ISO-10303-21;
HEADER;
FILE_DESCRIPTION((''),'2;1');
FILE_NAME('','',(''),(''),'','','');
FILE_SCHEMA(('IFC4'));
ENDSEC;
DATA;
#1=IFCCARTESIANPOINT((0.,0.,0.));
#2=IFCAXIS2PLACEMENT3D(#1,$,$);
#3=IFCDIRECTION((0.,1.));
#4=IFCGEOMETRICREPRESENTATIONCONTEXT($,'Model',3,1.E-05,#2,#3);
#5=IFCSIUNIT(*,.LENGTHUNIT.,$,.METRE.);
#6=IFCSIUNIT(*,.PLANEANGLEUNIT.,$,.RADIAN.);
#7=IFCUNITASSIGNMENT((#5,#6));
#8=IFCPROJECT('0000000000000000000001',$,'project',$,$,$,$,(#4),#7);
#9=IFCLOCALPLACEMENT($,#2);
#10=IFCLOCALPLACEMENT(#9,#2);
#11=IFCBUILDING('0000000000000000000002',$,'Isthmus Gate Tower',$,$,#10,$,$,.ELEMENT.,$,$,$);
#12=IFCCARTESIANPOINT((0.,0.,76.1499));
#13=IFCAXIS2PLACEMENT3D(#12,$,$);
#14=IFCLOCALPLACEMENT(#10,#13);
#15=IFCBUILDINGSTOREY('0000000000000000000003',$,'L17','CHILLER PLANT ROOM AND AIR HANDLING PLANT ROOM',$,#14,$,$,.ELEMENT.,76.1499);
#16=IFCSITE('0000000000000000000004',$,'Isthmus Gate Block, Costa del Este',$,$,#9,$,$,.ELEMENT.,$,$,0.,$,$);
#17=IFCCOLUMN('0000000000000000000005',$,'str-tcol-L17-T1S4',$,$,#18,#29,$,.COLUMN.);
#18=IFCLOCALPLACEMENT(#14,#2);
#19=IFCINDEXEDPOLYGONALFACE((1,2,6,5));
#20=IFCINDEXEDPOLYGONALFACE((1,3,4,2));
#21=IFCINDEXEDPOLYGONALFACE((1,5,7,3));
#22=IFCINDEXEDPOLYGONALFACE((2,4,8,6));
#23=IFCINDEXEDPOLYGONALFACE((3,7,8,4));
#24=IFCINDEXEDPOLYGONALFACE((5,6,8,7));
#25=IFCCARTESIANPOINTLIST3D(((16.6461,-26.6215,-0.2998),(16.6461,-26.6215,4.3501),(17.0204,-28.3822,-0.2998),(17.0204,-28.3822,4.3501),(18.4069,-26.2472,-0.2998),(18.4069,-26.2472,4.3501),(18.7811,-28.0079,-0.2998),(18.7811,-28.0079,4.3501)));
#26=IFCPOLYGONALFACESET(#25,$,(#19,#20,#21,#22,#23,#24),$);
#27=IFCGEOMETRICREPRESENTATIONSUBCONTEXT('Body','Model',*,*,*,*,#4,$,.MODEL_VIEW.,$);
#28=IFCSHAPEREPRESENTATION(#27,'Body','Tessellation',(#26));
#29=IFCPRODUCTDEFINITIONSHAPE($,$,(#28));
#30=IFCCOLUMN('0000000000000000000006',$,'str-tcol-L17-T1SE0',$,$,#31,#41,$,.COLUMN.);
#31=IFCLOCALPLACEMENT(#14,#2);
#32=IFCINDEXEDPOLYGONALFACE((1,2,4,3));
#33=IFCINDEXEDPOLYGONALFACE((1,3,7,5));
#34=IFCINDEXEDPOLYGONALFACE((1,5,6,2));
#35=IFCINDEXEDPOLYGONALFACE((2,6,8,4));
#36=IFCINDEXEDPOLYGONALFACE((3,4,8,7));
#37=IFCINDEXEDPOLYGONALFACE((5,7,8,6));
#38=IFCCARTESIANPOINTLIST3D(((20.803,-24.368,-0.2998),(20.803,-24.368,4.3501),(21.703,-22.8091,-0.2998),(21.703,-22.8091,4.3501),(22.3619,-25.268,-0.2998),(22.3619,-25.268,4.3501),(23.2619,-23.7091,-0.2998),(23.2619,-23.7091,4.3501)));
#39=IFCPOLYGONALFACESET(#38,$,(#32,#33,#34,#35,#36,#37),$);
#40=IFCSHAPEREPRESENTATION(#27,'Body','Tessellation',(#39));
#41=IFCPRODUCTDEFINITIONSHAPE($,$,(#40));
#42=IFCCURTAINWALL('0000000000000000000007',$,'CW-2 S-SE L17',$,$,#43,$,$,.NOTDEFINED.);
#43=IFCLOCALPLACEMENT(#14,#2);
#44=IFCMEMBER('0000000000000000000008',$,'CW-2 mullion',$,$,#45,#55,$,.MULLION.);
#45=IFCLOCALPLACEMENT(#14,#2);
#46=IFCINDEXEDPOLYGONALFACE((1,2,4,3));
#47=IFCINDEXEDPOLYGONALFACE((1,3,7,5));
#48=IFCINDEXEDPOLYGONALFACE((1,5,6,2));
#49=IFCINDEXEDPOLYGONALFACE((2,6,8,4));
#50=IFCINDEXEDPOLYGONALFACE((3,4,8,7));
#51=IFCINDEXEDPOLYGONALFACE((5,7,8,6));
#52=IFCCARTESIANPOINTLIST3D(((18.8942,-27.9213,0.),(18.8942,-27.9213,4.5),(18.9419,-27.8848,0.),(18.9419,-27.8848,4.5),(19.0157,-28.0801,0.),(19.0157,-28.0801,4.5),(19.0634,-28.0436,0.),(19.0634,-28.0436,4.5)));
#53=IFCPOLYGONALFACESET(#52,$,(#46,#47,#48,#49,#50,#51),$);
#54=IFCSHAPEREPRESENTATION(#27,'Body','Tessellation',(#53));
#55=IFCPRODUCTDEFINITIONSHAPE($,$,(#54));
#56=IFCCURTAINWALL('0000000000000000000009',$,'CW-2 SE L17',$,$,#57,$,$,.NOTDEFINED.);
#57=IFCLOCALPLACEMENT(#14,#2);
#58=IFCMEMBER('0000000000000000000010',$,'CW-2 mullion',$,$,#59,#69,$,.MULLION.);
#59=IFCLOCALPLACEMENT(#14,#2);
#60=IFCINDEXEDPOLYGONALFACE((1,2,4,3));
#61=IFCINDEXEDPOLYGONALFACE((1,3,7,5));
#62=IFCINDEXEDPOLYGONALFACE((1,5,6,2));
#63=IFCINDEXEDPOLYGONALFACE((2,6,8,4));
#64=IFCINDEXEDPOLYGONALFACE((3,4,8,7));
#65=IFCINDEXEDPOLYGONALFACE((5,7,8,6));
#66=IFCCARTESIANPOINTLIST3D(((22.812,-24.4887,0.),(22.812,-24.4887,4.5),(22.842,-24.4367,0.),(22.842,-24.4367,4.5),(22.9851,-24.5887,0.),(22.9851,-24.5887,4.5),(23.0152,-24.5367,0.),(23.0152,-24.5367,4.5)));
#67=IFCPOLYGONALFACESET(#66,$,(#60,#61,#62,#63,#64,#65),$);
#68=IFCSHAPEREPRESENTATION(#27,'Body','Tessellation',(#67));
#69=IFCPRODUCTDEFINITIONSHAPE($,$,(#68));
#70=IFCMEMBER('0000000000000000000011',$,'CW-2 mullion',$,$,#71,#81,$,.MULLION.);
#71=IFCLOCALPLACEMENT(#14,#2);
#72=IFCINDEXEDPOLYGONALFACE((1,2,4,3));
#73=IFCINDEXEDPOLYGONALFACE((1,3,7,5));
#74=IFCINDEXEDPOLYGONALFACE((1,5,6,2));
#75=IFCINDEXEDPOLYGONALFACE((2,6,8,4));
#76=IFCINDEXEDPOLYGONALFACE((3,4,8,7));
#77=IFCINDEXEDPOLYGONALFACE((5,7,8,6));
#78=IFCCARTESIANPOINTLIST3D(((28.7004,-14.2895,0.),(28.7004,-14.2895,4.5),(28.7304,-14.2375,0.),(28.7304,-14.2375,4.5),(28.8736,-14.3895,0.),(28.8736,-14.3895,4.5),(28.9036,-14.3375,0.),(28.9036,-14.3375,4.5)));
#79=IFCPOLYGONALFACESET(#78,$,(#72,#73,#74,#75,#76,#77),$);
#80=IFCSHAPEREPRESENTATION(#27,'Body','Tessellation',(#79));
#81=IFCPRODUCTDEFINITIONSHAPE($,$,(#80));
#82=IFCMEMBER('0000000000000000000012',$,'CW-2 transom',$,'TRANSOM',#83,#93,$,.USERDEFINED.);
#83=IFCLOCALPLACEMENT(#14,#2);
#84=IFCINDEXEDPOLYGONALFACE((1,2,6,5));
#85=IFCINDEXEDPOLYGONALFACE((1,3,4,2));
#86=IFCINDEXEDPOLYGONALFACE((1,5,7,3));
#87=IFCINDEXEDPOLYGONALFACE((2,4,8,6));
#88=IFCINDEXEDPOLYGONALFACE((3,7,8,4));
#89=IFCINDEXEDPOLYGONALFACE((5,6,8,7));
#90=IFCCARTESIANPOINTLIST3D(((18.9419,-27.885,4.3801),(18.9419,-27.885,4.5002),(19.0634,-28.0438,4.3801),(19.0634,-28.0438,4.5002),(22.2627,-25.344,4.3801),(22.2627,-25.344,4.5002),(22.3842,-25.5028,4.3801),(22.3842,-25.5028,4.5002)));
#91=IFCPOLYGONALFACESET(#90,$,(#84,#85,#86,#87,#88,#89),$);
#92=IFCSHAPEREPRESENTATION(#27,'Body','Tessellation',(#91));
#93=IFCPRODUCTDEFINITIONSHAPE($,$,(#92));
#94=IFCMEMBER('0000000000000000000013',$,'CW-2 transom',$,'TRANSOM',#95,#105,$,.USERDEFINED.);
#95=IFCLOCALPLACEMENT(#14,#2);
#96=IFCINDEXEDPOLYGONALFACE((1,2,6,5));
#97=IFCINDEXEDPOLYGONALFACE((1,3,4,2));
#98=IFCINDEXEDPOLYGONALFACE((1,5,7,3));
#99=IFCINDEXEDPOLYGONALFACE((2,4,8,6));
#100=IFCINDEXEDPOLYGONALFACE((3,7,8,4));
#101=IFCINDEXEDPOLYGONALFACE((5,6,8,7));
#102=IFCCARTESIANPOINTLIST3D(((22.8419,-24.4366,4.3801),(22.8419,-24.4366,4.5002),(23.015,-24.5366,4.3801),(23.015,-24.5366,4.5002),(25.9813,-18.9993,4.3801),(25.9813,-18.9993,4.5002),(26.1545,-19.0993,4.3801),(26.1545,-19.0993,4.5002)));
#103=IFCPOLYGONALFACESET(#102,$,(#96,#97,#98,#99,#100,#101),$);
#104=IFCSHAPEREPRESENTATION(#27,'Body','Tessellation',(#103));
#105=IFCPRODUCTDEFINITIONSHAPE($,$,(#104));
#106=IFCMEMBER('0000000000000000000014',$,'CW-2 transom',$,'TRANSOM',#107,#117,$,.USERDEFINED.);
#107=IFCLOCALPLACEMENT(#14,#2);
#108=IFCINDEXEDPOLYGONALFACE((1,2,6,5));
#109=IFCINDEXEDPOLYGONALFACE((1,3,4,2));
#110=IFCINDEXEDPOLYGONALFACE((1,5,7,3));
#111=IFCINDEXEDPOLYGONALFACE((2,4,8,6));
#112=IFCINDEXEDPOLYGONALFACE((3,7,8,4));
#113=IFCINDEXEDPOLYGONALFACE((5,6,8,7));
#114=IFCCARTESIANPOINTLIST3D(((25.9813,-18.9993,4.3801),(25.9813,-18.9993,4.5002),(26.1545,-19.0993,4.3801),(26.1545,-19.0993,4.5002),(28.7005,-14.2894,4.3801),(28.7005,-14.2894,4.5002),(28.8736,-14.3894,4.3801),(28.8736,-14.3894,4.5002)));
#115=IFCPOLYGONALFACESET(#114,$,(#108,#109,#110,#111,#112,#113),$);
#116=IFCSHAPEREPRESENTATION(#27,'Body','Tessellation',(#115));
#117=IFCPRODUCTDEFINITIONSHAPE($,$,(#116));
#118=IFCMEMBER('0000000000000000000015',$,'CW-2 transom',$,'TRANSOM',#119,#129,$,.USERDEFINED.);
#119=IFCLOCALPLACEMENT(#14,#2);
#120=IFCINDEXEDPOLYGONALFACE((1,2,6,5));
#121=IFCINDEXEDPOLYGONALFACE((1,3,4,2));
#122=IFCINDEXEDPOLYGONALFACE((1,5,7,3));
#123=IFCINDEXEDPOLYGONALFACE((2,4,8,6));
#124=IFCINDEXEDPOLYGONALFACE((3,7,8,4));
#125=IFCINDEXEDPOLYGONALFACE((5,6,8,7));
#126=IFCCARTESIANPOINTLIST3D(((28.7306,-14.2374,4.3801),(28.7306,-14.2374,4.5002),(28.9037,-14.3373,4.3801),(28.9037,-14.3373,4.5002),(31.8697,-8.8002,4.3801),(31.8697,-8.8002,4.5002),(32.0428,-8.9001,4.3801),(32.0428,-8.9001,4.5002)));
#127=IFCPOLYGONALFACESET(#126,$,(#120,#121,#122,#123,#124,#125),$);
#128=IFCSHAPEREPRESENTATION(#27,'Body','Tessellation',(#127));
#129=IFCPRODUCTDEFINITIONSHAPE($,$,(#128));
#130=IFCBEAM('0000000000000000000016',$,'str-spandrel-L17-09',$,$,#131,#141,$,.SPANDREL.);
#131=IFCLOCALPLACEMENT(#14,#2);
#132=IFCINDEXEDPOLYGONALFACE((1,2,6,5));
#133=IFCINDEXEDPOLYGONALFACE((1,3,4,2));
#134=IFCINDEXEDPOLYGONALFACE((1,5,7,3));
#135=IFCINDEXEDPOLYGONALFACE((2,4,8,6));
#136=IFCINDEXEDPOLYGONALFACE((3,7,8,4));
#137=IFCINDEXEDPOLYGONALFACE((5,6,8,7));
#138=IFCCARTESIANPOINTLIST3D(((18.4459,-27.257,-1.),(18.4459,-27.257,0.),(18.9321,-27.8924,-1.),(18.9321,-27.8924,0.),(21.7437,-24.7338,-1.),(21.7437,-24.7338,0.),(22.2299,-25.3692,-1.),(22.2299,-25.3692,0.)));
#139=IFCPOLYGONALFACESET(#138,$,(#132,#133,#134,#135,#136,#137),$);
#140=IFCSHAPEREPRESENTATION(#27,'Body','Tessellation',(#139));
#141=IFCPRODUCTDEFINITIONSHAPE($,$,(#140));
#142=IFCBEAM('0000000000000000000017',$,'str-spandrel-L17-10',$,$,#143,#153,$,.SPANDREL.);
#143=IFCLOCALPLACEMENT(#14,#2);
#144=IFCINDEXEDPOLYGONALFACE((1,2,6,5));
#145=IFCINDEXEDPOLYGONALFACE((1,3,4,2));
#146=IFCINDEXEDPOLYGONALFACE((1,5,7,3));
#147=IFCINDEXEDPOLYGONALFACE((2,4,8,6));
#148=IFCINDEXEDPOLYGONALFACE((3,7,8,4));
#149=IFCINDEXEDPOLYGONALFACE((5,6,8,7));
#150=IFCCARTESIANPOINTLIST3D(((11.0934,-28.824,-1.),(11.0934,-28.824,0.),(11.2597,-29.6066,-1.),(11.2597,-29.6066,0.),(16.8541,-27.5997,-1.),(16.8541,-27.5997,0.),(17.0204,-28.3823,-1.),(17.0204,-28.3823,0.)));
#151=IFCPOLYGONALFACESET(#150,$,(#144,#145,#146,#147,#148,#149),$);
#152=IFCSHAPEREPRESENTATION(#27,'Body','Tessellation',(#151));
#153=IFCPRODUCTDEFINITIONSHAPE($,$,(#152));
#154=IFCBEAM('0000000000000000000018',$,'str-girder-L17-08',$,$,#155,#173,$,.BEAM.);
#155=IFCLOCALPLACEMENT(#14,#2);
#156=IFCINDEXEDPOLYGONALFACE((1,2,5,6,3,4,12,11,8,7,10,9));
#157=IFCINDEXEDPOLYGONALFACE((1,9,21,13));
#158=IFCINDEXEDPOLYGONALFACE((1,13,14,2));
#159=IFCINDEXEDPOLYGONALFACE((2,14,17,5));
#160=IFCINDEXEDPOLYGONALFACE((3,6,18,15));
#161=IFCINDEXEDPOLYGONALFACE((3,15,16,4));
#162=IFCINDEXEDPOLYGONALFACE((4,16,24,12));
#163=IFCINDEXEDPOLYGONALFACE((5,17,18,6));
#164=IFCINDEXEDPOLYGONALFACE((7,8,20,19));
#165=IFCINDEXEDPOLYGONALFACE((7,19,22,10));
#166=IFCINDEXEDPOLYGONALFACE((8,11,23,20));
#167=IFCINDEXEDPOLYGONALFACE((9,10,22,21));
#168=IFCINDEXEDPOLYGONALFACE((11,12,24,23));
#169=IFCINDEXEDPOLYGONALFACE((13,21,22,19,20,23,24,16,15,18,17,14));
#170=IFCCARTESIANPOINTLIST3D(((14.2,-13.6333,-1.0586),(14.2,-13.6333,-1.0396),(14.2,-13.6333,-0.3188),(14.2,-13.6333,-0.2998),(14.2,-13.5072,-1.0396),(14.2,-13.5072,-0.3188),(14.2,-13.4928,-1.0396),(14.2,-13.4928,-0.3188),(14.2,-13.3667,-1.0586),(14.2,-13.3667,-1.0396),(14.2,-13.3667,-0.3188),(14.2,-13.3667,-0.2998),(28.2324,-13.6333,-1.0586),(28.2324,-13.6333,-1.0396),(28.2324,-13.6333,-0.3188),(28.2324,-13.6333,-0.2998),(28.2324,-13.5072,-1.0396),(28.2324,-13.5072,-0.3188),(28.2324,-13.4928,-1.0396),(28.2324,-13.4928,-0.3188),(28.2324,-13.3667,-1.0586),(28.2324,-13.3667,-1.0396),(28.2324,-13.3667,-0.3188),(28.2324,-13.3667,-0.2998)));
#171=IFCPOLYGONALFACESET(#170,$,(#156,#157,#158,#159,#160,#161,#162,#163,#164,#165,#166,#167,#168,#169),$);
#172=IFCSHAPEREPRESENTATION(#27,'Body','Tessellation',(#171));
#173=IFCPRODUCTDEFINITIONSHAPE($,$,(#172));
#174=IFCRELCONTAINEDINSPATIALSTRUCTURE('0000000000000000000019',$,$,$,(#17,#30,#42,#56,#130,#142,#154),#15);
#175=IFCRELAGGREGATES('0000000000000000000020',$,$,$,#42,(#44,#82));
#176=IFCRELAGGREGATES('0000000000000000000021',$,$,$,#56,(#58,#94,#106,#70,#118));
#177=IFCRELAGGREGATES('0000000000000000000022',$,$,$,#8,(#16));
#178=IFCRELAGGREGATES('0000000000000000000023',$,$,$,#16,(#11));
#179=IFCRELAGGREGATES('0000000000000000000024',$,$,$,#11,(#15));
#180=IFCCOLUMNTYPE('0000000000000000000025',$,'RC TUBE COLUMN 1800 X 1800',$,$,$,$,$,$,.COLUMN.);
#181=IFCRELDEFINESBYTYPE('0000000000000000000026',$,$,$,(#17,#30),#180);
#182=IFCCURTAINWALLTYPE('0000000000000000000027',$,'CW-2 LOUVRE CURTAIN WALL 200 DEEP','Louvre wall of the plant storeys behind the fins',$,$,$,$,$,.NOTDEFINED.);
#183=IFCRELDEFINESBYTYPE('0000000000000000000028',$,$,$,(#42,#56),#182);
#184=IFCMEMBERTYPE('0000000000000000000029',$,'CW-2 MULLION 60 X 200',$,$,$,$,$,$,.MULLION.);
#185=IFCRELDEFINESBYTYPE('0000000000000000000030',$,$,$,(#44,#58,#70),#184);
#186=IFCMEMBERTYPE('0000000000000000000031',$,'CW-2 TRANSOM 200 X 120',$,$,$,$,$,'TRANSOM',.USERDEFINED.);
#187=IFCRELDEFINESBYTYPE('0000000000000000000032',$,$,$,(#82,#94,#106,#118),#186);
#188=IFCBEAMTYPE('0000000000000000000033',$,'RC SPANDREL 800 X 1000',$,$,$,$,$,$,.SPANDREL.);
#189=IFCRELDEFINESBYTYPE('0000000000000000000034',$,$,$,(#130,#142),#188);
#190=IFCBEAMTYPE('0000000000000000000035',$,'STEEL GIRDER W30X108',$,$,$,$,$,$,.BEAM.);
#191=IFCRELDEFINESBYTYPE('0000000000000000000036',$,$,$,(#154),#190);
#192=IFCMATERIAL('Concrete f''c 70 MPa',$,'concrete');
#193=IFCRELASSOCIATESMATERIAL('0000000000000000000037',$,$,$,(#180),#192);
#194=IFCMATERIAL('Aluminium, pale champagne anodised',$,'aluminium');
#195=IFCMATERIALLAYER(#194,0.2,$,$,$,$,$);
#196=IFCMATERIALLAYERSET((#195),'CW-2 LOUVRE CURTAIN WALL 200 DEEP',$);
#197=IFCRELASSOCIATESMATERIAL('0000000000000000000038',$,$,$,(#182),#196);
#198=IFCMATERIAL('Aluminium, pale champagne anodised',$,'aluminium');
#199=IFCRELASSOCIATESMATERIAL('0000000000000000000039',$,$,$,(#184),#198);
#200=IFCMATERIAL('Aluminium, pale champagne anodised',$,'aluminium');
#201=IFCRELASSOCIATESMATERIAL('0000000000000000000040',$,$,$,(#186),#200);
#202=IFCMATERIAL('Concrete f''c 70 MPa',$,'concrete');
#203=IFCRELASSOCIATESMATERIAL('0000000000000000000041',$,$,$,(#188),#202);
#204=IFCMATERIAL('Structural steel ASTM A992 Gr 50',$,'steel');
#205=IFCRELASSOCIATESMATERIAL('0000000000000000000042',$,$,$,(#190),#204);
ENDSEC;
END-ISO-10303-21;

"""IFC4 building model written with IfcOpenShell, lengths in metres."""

from ifc_helpers import new_model, si_unit, direction, frame, origin, origin_2d, place, context, subcontext, project, spatial, rectangle, i_section, extrude, material, layer, layer_set, material_profile, profile_set, type_object, element, aggregate, save


model = new_model("IFC4")

# Units and contexts
model_context = context("Model", 3, precision=1e-05, world=origin(), true_north=direction((0.0, 1.0)))
body_context = subcontext(model_context, "Body", "Model", "MODEL_VIEW")
ifc_project = project(units=[si_unit("LENGTHUNIT", "METRE"), si_unit("PLANEANGLEUNIT", "RADIAN")], contexts=[model_context])

# Site, building, storey
site_placement = place(None, origin())
site = spatial("IfcSite", under=ifc_project, at=site_placement, Name="Isthmus Gate Block, Costa del Este", CompositionType="ELEMENT", RefElevation=0.0)
building_placement = place(site_placement, origin())
building = spatial("IfcBuilding", under=site, at=building_placement, Name="Isthmus Gate Tower", CompositionType="ELEMENT")
storey_placement = place(building_placement, frame((0.0, 0.0, 76.1499)))
storey = spatial("IfcBuildingStorey", under=building, at=storey_placement, Name="L17", Description="CHILLER PLANT ROOM AND AIR HANDLING PLANT ROOM", CompositionType="ELEMENT", Elevation=76.1499)

# Columns
ifc_material_1 = material(Name="Concrete f'c 70 MPa", Category="concrete")
ifc_material_profile_1 = material_profile(ifc_material_1, rectangle(XDim=1.8, YDim=1.8, at=origin_2d()), Name="RC 1800X1800")
ifc_profile_set_1 = profile_set([ifc_material_profile_1], Name="Concrete f'c 70 MPa")
column_type = type_object("IfcColumnType", Name="RC TUBE COLUMN 1800 X 1800", PredefinedType="COLUMN", material=ifc_profile_set_1)
for number, where, z_axis, x_axis, name in (
    (1, (17.7136, -27.3147, -0.2998), (0.0, 0.0, 1.0), (0.978148, 0.207912, 0.0), "str-tcol-L17-T1S4"),
    (2, (22.0325, -24.0386, -0.2998), (0.0, 0.0, 1.0), (0.5, 0.866025, 0.0), "str-tcol-L17-T1SE0"),
):
    element("IfcColumn", number, at=place(storey_placement, frame(where, z_axis=z_axis, x_axis=x_axis)), inside=storey, type_object=column_type, Name=name, PredefinedType="COLUMN", context=body_context, shape_type="SweptSolid", body=[
        extrude(rectangle(XDim=1.8, YDim=1.8, at=origin_2d()), origin(), (0.0, 0.0, 1.0), 4.6499),
    ])

# Curtain wall, member
ifc_material_2 = material(Name="Aluminium, pale champagne anodised", Category="aluminium")
ifc_layer_1 = layer(ifc_material_2, 0.2)
ifc_layer_set_1 = layer_set([ifc_layer_1], Name="CW-2 LOUVRE CURTAIN WALL 200 DEEP")
curtain_wall_type = type_object("IfcCurtainWallType", Name="CW-2 LOUVRE CURTAIN WALL 200 DEEP", Description="Louvre wall of the plant storeys behind the fins", PredefinedType="NOTDEFINED", material=ifc_layer_set_1)
curtain_wall_1_placement = place(storey_placement, origin())
curtain_wall_1 = element("IfcCurtainWall", 3, at=curtain_wall_1_placement, inside=storey, type_object=curtain_wall_type, Name="CW-2 S-SE L17", PredefinedType="NOTDEFINED")
ifc_material_3 = material(Name="Aluminium, pale champagne anodised", Category="aluminium")
ifc_material_profile_2 = material_profile(ifc_material_3, rectangle(XDim=0.0601, YDim=0.2, at=origin_2d()), Name="60x200")
ifc_profile_set_2 = profile_set([ifc_material_profile_2], Name="Aluminium, pale champagne anodised")
member_type_1 = type_object("IfcMemberType", Name="CW-2 MULLION 60 X 200", PredefinedType="MULLION", material=ifc_profile_set_2)
member_1_placement = place(storey_placement, frame((18.9788, -27.9824, 0.0), z_axis=(0.0, 0.0, 1.0), x_axis=(0.794189, 0.607671, 0.0)))
member_1 = element("IfcMember", 4, at=member_1_placement, type_object=member_type_1, Name="CW-2 mullion", PredefinedType="MULLION", context=body_context, shape_type="SweptSolid", body=[
    extrude(rectangle(XDim=0.0601, YDim=0.2, at=origin_2d()), origin(), (0.0, 0.0, 1.0), 4.5),
])

# Curtain wall, members
curtain_wall_2_placement = place(storey_placement, origin())
curtain_wall_2 = element("IfcCurtainWall", 5, at=curtain_wall_2_placement, inside=storey, type_object=curtain_wall_type, Name="CW-2 SE L17", PredefinedType="NOTDEFINED")
member_2_placement = place(storey_placement, frame((22.9136, -24.5127, 0.0), z_axis=(0.0, 0.0, 1.0), x_axis=(0.5, 0.866025, 0.0)))
member_2 = element("IfcMember", 6, at=member_2_placement, type_object=member_type_1, Name="CW-2 mullion", PredefinedType="MULLION", context=body_context, shape_type="SweptSolid", body=[
    extrude(rectangle(XDim=0.0601, YDim=0.2, at=origin_2d()), origin(), (0.0, 0.0, 1.0), 4.5),
])
member_3_placement = place(storey_placement, frame((28.802, -14.3135, 0.0), z_axis=(0.0, 0.0, 1.0), x_axis=(0.5, 0.866025, 0.0)))
member_3 = element("IfcMember", 7, at=member_3_placement, type_object=member_type_1, Name="CW-2 mullion", PredefinedType="MULLION", context=body_context, shape_type="SweptSolid", body=[
    extrude(rectangle(XDim=0.0601, YDim=0.2, at=origin_2d()), origin(), (0.0, 0.0, 1.0), 4.5),
])

# Members
ifc_material_4 = material(Name="Aluminium, pale champagne anodised", Category="aluminium")
ifc_material_profile_3 = material_profile(ifc_material_4, rectangle(XDim=0.2, YDim=0.1201, at=origin_2d()), Name="200x120")
ifc_profile_set_3 = profile_set([ifc_material_profile_3], Name="Aluminium, pale champagne anodised")
member_type_2 = type_object("IfcMemberType", Name="CW-2 TRANSOM 200 X 120", ElementType="TRANSOM", PredefinedType="USERDEFINED", material=ifc_profile_set_3)
member_4_placement = place(storey_placement, frame((19.0027, -27.9644, 4.4402), z_axis=(0.794175, 0.607688, 0.0), x_axis=(-0.607688, 0.794175, 0.0)))
member_4 = element("IfcMember", 8, at=member_4_placement, type_object=member_type_2, Name="CW-2 transom", ObjectType="TRANSOM", PredefinedType="USERDEFINED", context=body_context, shape_type="SweptSolid", body=[
    extrude(rectangle(XDim=0.2, YDim=0.1201, at=origin_2d()), origin(), (0.0, 0.0, 1.0), 4.1814),
])
member_5_placement = place(storey_placement, frame((22.9285, -24.4866, 4.4402), z_axis=(0.500024, 0.866011, 0.0), x_axis=(-0.866011, 0.500024, 0.0)))
member_5 = element("IfcMember", 9, at=member_5_placement, type_object=member_type_2, Name="CW-2 transom", ObjectType="TRANSOM", PredefinedType="USERDEFINED", context=body_context, shape_type="SweptSolid", body=[
    extrude(rectangle(XDim=0.2, YDim=0.1201, at=origin_2d()), origin(), (0.0, 0.0, 1.0), 6.2786),
])
member_6_placement = place(storey_placement, frame((26.0679, -19.0493, 4.4402), z_axis=(0.499992, 0.86603, 0.0), x_axis=(-0.86603, 0.499992, 0.0)))
member_6 = element("IfcMember", 10, at=member_6_placement, type_object=member_type_2, Name="CW-2 transom", ObjectType="TRANSOM", PredefinedType="USERDEFINED", context=body_context, shape_type="SweptSolid", body=[
    extrude(rectangle(XDim=0.2, YDim=0.1201, at=origin_2d()), origin(), (0.0, 0.0, 1.0), 5.4385),
])
member_7_placement = place(storey_placement, frame((28.8171, -14.2874, 4.4402), z_axis=(0.499995, 0.866028, 0.0), x_axis=(-0.866028, 0.499995, 0.0)))
member_7 = element("IfcMember", 11, at=member_7_placement, type_object=member_type_2, Name="CW-2 transom", ObjectType="TRANSOM", PredefinedType="USERDEFINED", context=body_context, shape_type="SweptSolid", body=[
    extrude(rectangle(XDim=0.2, YDim=0.1201, at=origin_2d()), origin(), (0.0, 0.0, 1.0), 6.2783),
])

# Beams
ifc_material_5 = material(Name="Concrete f'c 70 MPa", Category="concrete")
ifc_material_profile_4 = material_profile(ifc_material_5, rectangle(XDim=0.8, YDim=1.0, at=origin_2d()), Name="RC 800X1000")
ifc_profile_set_4 = profile_set([ifc_material_profile_4], Name="Concrete f'c 70 MPa")
beam_type_1 = type_object("IfcBeamType", Name="RC SPANDREL 800 X 1000", PredefinedType="SPANDREL", material=ifc_profile_set_4)
beam_1_placement = place(storey_placement, frame((21.9868, -25.0515, -0.5), z_axis=(-0.794206, -0.607649, 0.0), x_axis=(0.607649, -0.794206, 0.0)))
element("IfcBeam", 12, at=beam_1_placement, inside=storey, type_object=beam_type_1, Name="str-spandrel-L17-09", PredefinedType="SPANDREL", context=body_context, shape_type="SweptSolid", body=[
    extrude(rectangle(XDim=0.8, YDim=1.0, at=origin_2d()), origin(), (0.0, 0.0, 1.0), 4.1523),
])
beam_2_placement = place(storey_placement, frame((16.9373, -27.991, -0.5), z_axis=(-0.978152, -0.207892, 0.0), x_axis=(0.207892, -0.978152, 0.0)))
element("IfcBeam", 13, at=beam_2_placement, inside=storey, type_object=beam_type_1, Name="str-spandrel-L17-10", PredefinedType="SPANDREL", context=body_context, shape_type="SweptSolid", body=[
    extrude(rectangle(XDim=0.8, YDim=1.0, at=origin_2d()), origin(), (0.0, 0.0, 1.0), 5.8894),
])
ifc_material_6 = material(Name="Structural steel ASTM A992 Gr 50", Category="steel")
ifc_material_profile_5 = material_profile(ifc_material_6, i_section(OverallWidth=0.2666, OverallDepth=0.7588, WebThickness=0.0144, FlangeThickness=0.019, at=origin_2d()), Name="W30X108")
ifc_profile_set_5 = profile_set([ifc_material_profile_5], Name="Structural steel ASTM A992 Gr 50")
beam_type_2 = type_object("IfcBeamType", Name="STEEL GIRDER W30X108", PredefinedType="BEAM", material=ifc_profile_set_5)
beam_3_placement = place(storey_placement, frame((14.2, -13.5, -0.6792), z_axis=(1.0, 0.0, 0.0), x_axis=(0.0, 1.0, 0.0)))
element("IfcBeam", 14, at=beam_3_placement, inside=storey, type_object=beam_type_2, Name="str-girder-L17-08", PredefinedType="BEAM", context=body_context, shape_type="SweptSolid", body=[
    extrude(i_section(OverallWidth=0.2666, OverallDepth=0.7588, WebThickness=0.0144, FlangeThickness=0.019, at=origin_2d()), origin(), (0.0, 0.0, 1.0), 14.0325),
])

aggregate(curtain_wall_1, [member_1, member_4])
aggregate(curtain_wall_2, [member_2, member_5, member_6, member_3, member_7])

save(model, "model.ifc")
